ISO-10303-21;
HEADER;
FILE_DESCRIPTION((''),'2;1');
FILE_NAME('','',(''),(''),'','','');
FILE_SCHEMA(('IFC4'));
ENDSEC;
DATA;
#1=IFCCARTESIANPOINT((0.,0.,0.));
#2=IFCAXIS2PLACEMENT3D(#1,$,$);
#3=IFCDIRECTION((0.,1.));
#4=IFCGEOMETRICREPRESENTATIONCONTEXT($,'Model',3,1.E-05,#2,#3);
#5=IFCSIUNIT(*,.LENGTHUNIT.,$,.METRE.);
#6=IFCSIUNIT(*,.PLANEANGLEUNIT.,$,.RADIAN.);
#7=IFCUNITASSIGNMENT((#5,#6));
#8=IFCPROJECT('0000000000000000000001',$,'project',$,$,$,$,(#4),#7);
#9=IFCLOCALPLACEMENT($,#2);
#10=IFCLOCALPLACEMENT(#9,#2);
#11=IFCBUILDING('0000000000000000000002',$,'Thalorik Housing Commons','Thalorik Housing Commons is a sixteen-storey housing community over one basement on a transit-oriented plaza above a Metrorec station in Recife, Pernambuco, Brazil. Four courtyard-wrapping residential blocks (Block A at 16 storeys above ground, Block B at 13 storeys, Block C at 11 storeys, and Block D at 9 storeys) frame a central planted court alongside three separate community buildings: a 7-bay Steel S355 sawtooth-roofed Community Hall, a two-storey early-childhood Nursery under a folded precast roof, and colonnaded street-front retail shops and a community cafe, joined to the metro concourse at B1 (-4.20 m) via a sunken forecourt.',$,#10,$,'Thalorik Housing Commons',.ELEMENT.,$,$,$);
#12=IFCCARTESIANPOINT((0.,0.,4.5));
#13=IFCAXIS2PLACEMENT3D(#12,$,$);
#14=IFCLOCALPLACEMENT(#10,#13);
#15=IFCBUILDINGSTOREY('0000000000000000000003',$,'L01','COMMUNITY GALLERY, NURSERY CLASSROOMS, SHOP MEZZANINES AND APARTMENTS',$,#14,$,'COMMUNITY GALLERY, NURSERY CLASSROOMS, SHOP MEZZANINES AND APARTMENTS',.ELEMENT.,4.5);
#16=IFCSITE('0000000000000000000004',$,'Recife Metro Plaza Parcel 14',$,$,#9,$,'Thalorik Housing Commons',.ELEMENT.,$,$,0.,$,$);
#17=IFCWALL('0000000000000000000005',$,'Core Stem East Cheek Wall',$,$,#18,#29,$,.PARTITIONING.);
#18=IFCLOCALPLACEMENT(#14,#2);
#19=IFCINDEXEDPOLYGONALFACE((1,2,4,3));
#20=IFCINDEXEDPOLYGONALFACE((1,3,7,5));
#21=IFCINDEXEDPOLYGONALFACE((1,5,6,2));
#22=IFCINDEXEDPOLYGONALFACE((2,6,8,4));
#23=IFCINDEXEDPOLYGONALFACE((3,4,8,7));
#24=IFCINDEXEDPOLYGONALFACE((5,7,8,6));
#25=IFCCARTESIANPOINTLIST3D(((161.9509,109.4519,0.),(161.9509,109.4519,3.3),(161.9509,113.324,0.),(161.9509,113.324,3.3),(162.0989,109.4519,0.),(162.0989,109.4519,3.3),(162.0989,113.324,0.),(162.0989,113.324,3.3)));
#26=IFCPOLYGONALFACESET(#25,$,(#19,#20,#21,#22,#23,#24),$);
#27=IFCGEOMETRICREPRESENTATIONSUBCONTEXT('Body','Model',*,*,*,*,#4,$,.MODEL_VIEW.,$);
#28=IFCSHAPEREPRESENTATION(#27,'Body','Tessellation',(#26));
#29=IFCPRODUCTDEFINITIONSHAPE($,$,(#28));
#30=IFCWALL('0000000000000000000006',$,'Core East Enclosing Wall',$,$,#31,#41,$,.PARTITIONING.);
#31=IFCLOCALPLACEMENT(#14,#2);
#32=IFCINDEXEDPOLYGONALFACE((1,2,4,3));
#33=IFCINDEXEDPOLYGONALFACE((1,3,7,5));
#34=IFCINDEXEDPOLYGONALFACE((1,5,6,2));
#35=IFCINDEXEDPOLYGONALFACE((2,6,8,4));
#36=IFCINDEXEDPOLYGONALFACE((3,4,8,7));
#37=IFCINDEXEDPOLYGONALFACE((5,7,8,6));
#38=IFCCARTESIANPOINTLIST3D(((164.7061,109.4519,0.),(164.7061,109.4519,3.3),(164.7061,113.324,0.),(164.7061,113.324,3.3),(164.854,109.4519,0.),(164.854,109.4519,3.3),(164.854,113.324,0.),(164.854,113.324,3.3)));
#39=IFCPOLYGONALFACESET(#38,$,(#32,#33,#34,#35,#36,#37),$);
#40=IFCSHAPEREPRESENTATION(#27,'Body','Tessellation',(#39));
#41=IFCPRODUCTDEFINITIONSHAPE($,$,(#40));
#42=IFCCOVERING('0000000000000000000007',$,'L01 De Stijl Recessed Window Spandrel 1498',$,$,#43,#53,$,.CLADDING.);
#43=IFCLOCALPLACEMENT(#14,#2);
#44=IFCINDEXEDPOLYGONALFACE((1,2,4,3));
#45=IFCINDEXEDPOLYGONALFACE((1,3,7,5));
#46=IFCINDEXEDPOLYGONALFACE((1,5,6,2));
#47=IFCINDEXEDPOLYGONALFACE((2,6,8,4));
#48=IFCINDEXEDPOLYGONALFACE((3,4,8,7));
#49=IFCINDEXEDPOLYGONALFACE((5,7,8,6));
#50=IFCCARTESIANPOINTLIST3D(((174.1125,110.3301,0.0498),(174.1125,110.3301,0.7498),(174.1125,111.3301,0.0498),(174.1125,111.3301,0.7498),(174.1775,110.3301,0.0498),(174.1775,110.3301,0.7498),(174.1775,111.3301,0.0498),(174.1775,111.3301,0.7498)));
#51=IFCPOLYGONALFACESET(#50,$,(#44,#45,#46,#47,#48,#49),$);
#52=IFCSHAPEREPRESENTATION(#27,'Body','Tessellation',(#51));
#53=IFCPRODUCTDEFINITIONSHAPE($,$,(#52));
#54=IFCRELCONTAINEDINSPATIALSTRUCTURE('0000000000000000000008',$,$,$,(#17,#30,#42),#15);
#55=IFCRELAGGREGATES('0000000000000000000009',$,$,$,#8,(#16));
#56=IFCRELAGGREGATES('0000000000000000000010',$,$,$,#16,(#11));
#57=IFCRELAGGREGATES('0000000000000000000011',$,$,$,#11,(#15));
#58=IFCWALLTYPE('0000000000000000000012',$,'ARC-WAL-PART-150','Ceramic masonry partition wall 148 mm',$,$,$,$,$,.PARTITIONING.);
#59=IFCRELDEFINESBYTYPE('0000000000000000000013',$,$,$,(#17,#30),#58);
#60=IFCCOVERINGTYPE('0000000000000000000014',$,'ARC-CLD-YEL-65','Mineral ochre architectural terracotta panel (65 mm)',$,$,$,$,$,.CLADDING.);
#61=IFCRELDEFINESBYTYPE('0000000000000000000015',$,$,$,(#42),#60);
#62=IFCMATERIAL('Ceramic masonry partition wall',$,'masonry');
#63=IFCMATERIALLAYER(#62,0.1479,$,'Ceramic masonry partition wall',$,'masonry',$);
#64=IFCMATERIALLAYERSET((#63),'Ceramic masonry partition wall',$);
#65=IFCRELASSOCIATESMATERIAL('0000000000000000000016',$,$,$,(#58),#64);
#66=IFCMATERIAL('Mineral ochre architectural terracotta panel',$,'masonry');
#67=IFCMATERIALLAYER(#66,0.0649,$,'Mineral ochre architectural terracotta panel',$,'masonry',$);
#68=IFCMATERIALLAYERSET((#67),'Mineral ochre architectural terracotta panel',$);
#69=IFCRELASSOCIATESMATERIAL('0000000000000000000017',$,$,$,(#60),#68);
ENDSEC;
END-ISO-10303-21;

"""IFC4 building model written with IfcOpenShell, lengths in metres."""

from ifc_helpers import new_model, si_unit, direction, frame, frame_2d, origin, origin_2d, place, context, subcontext, project, spatial, rectangle, extrude, material, layer, layer_set, type_object, element, save


model = new_model("IFC4")

# Units and contexts
model_context = context("Model", 3, precision=1e-05, world=origin(), true_north=direction((0.0, 1.0)))
body_context = subcontext(model_context, "Body", "Model", "MODEL_VIEW")
ifc_project = project(units=[si_unit("LENGTHUNIT", "METRE"), si_unit("PLANEANGLEUNIT", "RADIAN")], contexts=[model_context])

# Site, building, storey
site_placement = place(None, origin())
site = spatial("IfcSite", under=ifc_project, at=site_placement, Name="Recife Metro Plaza Parcel 14", LongName="Thalorik Housing Commons", CompositionType="ELEMENT", RefElevation=0.0)
building_placement = place(site_placement, origin())
building = spatial("IfcBuilding", under=site, at=building_placement, Name="Thalorik Housing Commons", Description="Thalorik Housing Commons is a sixteen-storey housing community over one basement on a transit-oriented plaza above a Metrorec station in Recife, Pernambuco, Brazil. Four courtyard-wrapping residential blocks (Block A at 16 storeys above ground, Block B at 13 storeys, Block C at 11 storeys, and Block D at 9 storeys) frame a central planted court alongside three separate community buildings: a 7-bay Steel S355 sawtooth-roofed Community Hall, a two-storey early-childhood Nursery under a folded precast roof, and colonnaded street-front retail shops and a community cafe, joined to the metro concourse at B1 (-4.20 m) via a sunken forecourt.", LongName="Thalorik Housing Commons", CompositionType="ELEMENT")
storey_placement = place(building_placement, frame((0.0, 0.0, 4.5)))
storey = spatial("IfcBuildingStorey", under=building, at=storey_placement, Name="L01", Description="COMMUNITY GALLERY, NURSERY CLASSROOMS, SHOP MEZZANINES AND APARTMENTS", LongName="COMMUNITY GALLERY, NURSERY CLASSROOMS, SHOP MEZZANINES AND APARTMENTS", CompositionType="ELEMENT", Elevation=4.5)

# Walls
ifc_material_1 = material(Name="Ceramic masonry partition wall", Category="masonry")
ifc_layer_1 = layer(ifc_material_1, 0.1479, Name="Ceramic masonry partition wall", Category="masonry")
ifc_layer_set_1 = layer_set([ifc_layer_1], Name="Ceramic masonry partition wall")
wall_type_1 = type_object("IfcWallType", Name="ARC-WAL-PART-150", Description="Ceramic masonry partition wall 148 mm", PredefinedType="PARTITIONING", material=ifc_layer_set_1)
for number, where, z_axis, x_axis, name in (
    (1, (162.0249, 113.324, 0.0), (0.0, 0.0, 1.0), (0.0, -1.0, 0.0), "Core Stem East Cheek Wall"),
    (2, (164.78, 113.324, 0.0), (0.0, 0.0, 1.0), (0.0, -1.0, 0.0), "Core East Enclosing Wall"),
):
    element("IfcWall", number, at=place(storey_placement, frame(where, z_axis=z_axis, x_axis=x_axis)), inside=storey, type_object=wall_type_1, Name=name, PredefinedType="PARTITIONING", context=body_context, shape_type="SweptSolid", body=[
        extrude(rectangle(XDim=3.8721, YDim=0.1479, at=frame_2d((1.936, 0.0))), origin(), (0.0, 0.0, 1.0), 3.3),
    ])

# Covering
ifc_material_2 = material(Name="Mineral ochre architectural terracotta panel", Category="masonry")
ifc_layer_2 = layer(ifc_material_2, 0.0649, Name="Mineral ochre architectural terracotta panel", Category="masonry")
ifc_layer_set_2 = layer_set([ifc_layer_2], Name="Mineral ochre architectural terracotta panel")
covering_type_1 = type_object("IfcCoveringType", Name="ARC-CLD-YEL-65", Description="Mineral ochre architectural terracotta panel (65 mm)", PredefinedType="CLADDING", material=ifc_layer_set_2)
covering_1_placement = place(storey_placement, frame((174.145, 110.8301, 0.0498), z_axis=(0.0, 0.0, 1.0), x_axis=(0.0, 1.0, 0.0)))
element("IfcCovering", 3, at=covering_1_placement, inside=storey, type_object=covering_type_1, Name="L01 De Stijl Recessed Window Spandrel 1498", PredefinedType="CLADDING", context=body_context, shape_type="SweptSolid", body=[
    extrude(rectangle(XDim=1.0, YDim=0.0649, at=origin_2d()), origin(), (0.0, 0.0, 1.0), 0.7),
])

save(model, "model.ifc")
